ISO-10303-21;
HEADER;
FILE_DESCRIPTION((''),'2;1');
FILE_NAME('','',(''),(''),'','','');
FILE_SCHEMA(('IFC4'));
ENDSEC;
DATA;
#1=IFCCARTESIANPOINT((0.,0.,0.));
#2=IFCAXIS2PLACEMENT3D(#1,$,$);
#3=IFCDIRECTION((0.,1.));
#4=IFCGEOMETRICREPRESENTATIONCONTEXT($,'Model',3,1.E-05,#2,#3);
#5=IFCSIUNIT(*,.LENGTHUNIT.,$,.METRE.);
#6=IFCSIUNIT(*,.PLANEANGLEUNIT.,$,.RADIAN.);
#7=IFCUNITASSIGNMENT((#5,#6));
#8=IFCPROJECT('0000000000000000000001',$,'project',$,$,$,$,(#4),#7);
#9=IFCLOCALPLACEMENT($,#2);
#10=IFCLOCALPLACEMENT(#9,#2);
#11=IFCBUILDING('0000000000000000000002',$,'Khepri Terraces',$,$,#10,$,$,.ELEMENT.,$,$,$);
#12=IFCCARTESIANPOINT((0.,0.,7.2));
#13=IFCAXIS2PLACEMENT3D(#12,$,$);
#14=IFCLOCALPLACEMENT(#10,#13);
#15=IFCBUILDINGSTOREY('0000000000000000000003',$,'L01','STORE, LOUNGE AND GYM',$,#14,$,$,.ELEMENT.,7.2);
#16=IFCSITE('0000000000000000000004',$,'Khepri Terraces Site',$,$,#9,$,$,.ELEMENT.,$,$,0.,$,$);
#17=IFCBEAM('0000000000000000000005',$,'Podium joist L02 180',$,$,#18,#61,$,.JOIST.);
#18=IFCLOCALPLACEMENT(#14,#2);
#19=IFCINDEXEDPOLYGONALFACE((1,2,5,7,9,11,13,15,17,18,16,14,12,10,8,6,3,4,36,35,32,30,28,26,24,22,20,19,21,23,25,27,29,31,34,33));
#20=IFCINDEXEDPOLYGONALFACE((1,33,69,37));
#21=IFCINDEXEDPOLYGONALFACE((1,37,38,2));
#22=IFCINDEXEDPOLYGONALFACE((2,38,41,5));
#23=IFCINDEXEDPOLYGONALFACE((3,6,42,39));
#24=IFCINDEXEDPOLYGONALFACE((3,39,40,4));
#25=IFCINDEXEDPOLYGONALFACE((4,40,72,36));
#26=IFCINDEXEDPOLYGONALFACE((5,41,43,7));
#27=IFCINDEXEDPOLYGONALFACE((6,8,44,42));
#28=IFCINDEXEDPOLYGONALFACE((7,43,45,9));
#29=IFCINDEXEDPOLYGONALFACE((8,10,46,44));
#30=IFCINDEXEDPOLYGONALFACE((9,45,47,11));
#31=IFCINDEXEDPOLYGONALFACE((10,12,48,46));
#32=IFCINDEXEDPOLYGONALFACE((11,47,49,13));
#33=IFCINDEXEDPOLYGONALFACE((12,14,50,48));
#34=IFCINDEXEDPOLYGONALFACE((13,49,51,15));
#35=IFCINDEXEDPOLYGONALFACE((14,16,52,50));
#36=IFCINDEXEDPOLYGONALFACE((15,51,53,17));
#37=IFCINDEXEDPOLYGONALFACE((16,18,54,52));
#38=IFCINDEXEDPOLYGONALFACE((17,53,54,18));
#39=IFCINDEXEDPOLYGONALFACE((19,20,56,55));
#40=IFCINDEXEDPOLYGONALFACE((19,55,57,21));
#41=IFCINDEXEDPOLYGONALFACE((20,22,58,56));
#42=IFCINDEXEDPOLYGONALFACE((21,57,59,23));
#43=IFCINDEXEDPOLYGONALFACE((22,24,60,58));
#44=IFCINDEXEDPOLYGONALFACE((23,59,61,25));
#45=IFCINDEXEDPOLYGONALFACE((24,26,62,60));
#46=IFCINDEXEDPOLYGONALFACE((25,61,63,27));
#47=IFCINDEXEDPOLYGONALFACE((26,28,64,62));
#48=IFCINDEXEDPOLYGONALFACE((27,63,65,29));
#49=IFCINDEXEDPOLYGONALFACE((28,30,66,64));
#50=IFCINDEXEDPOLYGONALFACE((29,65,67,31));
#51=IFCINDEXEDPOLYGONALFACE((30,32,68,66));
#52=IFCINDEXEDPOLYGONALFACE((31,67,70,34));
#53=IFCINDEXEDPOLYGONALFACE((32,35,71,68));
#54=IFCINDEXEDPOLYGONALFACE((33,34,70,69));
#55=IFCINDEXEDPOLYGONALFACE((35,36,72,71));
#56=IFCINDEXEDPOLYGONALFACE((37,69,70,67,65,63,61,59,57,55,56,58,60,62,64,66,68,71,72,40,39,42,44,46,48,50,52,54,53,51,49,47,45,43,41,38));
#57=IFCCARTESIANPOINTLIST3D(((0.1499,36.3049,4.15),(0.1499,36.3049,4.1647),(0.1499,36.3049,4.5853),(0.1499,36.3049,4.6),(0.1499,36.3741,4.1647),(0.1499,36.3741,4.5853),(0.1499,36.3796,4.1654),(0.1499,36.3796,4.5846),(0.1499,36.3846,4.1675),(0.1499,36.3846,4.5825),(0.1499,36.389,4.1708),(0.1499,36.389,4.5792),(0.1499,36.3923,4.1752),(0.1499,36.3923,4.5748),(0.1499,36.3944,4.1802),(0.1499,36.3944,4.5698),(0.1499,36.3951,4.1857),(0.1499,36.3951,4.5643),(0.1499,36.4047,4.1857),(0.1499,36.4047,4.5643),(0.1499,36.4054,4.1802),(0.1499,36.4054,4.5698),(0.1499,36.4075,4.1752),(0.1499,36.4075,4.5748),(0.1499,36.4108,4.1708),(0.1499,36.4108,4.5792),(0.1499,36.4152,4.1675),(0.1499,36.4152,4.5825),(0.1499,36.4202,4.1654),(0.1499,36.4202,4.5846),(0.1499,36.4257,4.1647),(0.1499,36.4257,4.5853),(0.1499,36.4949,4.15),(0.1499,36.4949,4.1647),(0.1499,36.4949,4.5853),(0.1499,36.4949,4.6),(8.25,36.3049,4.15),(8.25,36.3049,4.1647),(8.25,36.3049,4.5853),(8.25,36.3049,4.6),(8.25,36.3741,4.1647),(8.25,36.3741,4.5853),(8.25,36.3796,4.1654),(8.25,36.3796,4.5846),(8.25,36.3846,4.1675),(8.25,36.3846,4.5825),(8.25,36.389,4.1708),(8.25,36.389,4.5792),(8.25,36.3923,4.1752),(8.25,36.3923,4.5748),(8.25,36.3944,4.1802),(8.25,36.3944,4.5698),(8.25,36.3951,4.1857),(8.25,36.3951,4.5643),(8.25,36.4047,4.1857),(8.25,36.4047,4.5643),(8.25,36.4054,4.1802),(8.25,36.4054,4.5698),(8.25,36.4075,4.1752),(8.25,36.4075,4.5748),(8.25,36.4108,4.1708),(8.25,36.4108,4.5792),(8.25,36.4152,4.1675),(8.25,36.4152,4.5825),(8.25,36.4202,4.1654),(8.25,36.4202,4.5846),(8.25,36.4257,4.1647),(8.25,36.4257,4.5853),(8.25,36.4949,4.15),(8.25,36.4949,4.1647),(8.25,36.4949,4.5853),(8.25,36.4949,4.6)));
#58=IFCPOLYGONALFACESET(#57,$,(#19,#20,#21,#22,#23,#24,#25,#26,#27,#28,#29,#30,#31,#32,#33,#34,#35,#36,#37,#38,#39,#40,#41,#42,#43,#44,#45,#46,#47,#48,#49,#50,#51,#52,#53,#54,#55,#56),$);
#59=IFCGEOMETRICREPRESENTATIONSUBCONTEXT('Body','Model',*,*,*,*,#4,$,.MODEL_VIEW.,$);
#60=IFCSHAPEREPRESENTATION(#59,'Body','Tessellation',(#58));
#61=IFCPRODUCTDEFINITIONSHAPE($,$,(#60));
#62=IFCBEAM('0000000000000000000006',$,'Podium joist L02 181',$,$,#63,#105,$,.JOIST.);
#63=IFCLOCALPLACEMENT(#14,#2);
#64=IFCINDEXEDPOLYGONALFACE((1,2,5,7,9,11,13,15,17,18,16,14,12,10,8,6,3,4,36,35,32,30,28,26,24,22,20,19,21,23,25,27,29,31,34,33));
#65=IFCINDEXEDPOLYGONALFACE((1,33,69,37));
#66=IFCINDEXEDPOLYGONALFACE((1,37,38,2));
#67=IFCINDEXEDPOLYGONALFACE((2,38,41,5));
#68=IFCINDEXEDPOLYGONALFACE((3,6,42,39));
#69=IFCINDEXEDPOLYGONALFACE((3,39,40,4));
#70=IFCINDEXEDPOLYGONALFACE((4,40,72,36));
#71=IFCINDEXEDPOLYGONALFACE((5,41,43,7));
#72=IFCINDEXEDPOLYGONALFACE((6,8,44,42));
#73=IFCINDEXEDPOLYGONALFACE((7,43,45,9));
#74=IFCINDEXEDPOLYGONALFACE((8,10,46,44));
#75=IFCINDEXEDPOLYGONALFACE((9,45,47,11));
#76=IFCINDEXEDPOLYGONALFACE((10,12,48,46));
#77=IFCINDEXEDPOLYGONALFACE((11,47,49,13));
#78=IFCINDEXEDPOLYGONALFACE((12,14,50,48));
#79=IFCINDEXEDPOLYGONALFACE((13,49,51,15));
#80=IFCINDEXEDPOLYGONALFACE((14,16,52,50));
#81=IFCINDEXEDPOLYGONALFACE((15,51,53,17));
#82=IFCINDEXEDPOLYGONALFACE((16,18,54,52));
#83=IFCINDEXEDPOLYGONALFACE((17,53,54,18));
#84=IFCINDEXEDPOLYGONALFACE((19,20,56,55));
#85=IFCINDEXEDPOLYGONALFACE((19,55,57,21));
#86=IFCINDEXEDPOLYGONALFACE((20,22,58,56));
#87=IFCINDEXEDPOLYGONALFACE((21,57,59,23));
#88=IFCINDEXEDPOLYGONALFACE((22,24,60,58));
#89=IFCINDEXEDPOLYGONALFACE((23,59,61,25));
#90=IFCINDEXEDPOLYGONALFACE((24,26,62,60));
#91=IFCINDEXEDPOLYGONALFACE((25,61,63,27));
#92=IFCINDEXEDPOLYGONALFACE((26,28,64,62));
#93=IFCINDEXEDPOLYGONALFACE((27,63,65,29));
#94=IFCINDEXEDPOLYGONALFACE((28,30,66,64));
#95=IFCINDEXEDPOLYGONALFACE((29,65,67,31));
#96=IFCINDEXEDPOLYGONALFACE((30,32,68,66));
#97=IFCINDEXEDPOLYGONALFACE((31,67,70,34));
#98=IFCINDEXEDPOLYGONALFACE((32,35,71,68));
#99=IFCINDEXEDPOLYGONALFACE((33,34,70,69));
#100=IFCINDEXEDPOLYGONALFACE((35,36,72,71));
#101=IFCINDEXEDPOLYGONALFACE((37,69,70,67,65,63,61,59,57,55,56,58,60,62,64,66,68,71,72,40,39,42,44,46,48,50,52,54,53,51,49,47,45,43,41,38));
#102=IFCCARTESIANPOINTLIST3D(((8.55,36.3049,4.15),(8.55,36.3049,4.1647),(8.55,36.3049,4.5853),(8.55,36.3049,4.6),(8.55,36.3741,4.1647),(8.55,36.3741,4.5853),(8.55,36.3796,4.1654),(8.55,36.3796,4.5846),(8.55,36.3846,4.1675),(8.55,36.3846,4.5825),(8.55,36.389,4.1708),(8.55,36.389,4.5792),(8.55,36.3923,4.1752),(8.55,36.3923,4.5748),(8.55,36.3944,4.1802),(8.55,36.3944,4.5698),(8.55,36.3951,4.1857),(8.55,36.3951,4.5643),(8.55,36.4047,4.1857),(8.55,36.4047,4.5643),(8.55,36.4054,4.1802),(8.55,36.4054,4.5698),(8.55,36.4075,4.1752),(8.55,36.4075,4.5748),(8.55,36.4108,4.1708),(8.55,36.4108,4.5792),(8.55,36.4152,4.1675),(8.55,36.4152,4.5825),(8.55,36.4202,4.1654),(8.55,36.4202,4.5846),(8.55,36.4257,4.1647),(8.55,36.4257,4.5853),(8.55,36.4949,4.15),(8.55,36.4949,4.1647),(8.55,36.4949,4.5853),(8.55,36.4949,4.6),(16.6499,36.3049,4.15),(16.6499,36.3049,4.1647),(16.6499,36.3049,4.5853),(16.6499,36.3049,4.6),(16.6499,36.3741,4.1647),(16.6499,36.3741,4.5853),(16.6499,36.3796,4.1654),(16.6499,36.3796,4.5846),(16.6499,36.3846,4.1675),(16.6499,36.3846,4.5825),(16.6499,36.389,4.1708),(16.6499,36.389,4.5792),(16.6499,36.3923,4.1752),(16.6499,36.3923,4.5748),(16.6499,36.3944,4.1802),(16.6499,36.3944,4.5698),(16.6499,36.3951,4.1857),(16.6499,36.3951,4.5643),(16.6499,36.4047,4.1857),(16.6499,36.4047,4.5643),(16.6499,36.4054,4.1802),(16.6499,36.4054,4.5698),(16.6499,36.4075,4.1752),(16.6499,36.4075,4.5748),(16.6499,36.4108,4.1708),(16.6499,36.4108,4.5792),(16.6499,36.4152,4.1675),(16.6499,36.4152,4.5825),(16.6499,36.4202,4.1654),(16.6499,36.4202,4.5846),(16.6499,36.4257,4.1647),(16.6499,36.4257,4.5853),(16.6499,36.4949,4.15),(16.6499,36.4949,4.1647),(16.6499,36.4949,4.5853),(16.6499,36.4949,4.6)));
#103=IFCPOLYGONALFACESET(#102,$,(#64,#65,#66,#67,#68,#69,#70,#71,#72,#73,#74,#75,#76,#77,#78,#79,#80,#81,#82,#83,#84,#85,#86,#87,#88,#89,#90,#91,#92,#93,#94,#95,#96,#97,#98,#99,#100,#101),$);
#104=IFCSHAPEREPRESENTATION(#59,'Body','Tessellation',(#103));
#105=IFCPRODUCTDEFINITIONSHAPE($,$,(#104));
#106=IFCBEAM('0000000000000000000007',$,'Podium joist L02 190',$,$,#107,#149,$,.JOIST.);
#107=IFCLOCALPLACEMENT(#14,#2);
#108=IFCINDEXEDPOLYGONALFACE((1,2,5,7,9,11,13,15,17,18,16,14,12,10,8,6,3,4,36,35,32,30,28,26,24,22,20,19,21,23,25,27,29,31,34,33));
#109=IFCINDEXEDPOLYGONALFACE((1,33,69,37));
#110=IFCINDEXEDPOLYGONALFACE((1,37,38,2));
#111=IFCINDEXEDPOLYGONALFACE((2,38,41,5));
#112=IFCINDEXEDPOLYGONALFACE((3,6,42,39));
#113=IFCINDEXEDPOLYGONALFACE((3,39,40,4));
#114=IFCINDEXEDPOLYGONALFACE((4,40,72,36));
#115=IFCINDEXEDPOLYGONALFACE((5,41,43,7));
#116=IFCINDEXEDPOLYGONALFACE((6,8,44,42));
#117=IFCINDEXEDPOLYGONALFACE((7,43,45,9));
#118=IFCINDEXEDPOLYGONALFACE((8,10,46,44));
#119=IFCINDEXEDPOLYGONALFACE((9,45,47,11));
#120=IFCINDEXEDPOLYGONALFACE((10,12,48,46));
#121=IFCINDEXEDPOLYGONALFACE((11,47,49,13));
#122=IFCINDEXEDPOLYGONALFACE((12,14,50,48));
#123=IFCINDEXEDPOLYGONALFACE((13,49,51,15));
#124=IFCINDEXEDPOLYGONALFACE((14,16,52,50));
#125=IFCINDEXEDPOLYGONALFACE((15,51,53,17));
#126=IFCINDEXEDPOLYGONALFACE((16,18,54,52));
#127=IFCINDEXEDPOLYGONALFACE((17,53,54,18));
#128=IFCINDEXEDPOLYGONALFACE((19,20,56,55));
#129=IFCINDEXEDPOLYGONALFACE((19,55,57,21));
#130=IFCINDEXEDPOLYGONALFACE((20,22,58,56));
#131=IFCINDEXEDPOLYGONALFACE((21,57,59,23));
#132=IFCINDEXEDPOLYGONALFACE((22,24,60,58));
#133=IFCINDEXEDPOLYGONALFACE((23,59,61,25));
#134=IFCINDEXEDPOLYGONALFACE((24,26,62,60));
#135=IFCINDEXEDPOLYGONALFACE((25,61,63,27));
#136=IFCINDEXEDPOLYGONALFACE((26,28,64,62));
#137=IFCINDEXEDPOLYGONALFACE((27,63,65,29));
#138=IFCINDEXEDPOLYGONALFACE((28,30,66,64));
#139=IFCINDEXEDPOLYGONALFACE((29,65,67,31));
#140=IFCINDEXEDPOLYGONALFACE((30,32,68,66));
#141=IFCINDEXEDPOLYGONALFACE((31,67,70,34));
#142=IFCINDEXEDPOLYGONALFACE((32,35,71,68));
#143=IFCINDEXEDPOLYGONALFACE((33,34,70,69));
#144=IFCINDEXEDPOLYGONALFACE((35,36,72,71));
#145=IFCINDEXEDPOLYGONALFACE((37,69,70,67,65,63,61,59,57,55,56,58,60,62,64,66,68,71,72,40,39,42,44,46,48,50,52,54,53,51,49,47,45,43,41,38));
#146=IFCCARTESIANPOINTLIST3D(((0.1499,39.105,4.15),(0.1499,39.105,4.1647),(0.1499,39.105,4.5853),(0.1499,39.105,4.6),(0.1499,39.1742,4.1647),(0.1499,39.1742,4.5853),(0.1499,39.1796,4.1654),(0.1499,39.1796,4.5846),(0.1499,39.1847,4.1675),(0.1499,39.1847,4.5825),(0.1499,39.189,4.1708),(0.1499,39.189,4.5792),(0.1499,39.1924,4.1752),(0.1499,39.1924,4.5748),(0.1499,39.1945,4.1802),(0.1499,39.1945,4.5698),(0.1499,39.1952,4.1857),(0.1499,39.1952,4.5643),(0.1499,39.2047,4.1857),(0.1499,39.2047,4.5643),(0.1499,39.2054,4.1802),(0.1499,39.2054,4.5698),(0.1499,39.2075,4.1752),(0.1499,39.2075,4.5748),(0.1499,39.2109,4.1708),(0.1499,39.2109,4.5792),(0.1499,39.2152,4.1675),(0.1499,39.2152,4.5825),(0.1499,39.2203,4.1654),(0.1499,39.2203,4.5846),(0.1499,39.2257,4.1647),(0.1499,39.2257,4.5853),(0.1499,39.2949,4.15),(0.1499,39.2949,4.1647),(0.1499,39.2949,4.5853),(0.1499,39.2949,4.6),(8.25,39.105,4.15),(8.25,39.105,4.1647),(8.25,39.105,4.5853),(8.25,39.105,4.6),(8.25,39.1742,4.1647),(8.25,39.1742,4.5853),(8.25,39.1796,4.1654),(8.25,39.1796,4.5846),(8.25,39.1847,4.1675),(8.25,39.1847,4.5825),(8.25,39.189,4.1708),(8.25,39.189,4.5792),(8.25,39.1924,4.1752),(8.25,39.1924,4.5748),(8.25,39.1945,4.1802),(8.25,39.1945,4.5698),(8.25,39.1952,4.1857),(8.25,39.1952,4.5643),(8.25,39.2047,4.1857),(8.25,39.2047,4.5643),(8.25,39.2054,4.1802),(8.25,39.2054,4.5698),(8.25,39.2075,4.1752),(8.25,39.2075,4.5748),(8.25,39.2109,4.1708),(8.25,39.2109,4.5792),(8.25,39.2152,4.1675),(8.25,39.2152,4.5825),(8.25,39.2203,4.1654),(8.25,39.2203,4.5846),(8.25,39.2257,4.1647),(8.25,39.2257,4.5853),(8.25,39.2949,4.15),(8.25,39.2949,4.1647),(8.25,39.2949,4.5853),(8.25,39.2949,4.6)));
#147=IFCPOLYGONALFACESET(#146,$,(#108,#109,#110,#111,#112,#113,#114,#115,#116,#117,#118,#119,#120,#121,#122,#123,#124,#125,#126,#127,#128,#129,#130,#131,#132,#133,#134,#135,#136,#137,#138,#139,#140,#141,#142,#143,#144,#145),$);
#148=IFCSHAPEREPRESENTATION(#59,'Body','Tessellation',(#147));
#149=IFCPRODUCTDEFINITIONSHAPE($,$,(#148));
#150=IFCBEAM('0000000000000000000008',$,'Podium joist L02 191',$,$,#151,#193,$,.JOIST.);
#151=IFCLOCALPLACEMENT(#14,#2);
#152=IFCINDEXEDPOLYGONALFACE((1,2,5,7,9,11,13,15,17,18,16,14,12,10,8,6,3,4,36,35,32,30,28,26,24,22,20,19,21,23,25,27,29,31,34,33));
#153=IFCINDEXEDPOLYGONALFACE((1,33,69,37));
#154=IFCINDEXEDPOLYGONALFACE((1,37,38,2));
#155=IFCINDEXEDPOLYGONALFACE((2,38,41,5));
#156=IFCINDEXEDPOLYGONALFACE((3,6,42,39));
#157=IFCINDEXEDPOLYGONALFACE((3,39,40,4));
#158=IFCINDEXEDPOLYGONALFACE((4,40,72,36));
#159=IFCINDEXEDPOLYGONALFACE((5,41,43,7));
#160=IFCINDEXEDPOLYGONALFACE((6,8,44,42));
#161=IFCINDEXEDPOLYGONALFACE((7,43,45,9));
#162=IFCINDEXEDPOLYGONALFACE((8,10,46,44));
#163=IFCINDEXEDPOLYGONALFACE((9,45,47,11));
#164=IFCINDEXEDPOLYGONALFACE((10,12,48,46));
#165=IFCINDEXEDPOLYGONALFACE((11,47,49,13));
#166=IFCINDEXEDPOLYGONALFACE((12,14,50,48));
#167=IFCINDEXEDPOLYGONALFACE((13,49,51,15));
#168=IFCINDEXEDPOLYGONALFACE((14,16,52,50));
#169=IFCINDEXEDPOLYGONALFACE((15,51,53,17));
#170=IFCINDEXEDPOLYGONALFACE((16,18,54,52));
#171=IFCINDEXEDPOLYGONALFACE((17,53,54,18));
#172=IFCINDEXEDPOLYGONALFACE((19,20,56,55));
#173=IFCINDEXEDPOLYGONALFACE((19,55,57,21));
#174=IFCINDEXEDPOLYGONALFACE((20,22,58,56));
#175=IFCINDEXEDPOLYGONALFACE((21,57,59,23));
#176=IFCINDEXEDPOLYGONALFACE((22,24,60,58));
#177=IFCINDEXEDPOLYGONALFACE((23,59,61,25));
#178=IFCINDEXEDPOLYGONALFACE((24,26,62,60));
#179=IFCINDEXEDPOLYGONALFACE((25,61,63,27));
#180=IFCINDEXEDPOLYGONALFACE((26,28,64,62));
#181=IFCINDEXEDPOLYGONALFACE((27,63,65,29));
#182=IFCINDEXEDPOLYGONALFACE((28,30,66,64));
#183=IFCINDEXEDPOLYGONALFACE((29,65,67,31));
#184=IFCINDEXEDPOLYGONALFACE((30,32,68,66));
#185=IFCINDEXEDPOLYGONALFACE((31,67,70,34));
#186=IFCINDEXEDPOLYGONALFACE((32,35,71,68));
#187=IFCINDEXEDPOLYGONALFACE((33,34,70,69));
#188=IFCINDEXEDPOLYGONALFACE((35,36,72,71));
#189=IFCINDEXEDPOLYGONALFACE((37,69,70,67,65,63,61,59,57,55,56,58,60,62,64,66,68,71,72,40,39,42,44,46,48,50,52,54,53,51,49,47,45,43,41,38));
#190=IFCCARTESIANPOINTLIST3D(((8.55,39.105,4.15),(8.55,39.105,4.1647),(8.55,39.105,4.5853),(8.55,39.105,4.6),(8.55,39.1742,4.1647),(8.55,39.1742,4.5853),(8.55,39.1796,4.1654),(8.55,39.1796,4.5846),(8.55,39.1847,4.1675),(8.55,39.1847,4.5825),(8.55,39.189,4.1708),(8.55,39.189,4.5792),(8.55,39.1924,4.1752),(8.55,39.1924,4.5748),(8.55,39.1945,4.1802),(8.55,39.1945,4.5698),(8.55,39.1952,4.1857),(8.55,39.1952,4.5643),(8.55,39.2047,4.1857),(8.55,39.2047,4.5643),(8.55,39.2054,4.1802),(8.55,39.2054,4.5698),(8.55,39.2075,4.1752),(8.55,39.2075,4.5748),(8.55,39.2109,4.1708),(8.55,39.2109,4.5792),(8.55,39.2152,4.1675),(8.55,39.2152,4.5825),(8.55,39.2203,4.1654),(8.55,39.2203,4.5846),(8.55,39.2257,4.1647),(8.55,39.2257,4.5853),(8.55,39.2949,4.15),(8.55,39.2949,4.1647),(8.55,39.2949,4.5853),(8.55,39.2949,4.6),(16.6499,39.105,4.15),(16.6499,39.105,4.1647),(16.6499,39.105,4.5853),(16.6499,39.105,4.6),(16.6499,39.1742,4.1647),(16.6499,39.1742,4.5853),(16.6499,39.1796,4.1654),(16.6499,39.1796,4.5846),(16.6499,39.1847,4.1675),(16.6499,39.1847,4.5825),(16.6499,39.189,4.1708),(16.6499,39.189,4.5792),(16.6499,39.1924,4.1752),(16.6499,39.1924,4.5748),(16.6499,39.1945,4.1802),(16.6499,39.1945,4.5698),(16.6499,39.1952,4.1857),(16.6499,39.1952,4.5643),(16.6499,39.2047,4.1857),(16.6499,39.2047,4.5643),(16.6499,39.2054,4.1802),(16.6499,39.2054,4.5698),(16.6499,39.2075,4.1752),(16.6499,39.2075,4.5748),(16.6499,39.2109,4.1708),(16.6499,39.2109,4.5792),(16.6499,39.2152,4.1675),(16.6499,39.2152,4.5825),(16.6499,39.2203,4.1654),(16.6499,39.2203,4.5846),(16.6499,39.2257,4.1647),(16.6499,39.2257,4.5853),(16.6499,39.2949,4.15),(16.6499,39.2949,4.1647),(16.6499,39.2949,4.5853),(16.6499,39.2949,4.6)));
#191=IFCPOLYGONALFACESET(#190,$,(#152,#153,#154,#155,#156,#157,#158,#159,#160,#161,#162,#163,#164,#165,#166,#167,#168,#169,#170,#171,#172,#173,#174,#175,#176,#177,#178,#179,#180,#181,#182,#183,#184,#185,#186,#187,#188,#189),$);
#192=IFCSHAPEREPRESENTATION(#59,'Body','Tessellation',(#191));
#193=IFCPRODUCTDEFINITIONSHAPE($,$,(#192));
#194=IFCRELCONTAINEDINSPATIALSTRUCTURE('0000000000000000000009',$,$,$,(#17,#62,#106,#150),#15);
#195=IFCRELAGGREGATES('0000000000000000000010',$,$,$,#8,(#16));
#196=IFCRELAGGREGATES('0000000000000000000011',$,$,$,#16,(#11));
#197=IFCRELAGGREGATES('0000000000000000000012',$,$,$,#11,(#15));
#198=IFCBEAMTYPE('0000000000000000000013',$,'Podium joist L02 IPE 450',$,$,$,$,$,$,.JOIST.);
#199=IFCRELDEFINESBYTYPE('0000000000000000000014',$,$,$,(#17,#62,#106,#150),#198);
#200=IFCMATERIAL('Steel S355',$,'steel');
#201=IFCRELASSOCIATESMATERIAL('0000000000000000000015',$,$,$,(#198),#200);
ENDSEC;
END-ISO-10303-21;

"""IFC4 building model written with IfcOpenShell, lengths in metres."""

from ifc_helpers import new_model, si_unit, direction, frame, origin, origin_2d, place, context, subcontext, project, spatial, i_section, extrude, material, material_profile, profile_set, type_object, element, save


model = new_model("IFC4")

# Units and contexts
model_context = context("Model", 3, precision=1e-05, world=origin(), true_north=direction((0.0, 1.0)))
body_context = subcontext(model_context, "Body", "Model", "MODEL_VIEW")
ifc_project = project(units=[si_unit("LENGTHUNIT", "METRE"), si_unit("PLANEANGLEUNIT", "RADIAN")], contexts=[model_context])

# Site, building, storey
site_placement = place(None, origin())
site = spatial("IfcSite", under=ifc_project, at=site_placement, Name="Khepri Terraces Site", CompositionType="ELEMENT", RefElevation=0.0)
building_placement = place(site_placement, origin())
building = spatial("IfcBuilding", under=site, at=building_placement, Name="Khepri Terraces", CompositionType="ELEMENT")
storey_placement = place(building_placement, frame((0.0, 0.0, 7.2)))
storey = spatial("IfcBuildingStorey", under=building, at=storey_placement, Name="L01", Description="STORE, LOUNGE AND GYM", CompositionType="ELEMENT", Elevation=7.2)

# Beams
ifc_material_1 = material(Name="Steel S355", Category="steel")
ifc_material_profile_1 = material_profile(ifc_material_1, i_section(OverallWidth=0.1899, OverallDepth=0.45, WebThickness=0.0095, FlangeThickness=0.0146, FilletRadius=0.021, at=origin_2d()), Name="Steel S355", Category="steel")
ifc_profile_set_1 = profile_set([ifc_material_profile_1], Name="Steel S355")
beam_type_1 = type_object("IfcBeamType", Name="Podium joist L02 IPE 450", PredefinedType="JOIST", material=ifc_profile_set_1)
beam_1_placement = place(storey_placement, frame((0.1499, 36.3999, 4.375), z_axis=(1.0, 0.0, 0.0), x_axis=(0.0, 1.0, 0.0)))
element("IfcBeam", 1, at=beam_1_placement, inside=storey, type_object=beam_type_1, Name="Podium joist L02 180", PredefinedType="JOIST", context=body_context, shape_type="SweptSolid", body=[
    extrude(i_section(OverallWidth=0.1899, OverallDepth=0.45, WebThickness=0.0095, FlangeThickness=0.0146, FilletRadius=0.021, at=origin_2d()), origin(), (0.0, 0.0, 1.0), 8.1001),
])
beam_2_placement = place(storey_placement, frame((8.55, 36.3999, 4.375), z_axis=(1.0, 0.0, 0.0), x_axis=(0.0, 1.0, 0.0)))
element("IfcBeam", 2, at=beam_2_placement, inside=storey, type_object=beam_type_1, Name="Podium joist L02 181", PredefinedType="JOIST", context=body_context, shape_type="SweptSolid", body=[
    extrude(i_section(OverallWidth=0.1899, OverallDepth=0.45, WebThickness=0.0095, FlangeThickness=0.0146, FilletRadius=0.021, at=origin_2d()), origin(), (0.0, 0.0, 1.0), 8.0999),
])
beam_3_placement = place(storey_placement, frame((0.1499, 39.2, 4.375), z_axis=(1.0, 0.0, 0.0), x_axis=(0.0, 1.0, 0.0)))
element("IfcBeam", 3, at=beam_3_placement, inside=storey, type_object=beam_type_1, Name="Podium joist L02 190", PredefinedType="JOIST", context=body_context, shape_type="SweptSolid", body=[
    extrude(i_section(OverallWidth=0.1899, OverallDepth=0.45, WebThickness=0.0095, FlangeThickness=0.0146, FilletRadius=0.021, at=origin_2d()), origin(), (0.0, 0.0, 1.0), 8.1001),
])
beam_4_placement = place(storey_placement, frame((8.55, 39.2, 4.375), z_axis=(1.0, 0.0, 0.0), x_axis=(0.0, 1.0, 0.0)))
element("IfcBeam", 4, at=beam_4_placement, inside=storey, type_object=beam_type_1, Name="Podium joist L02 191", PredefinedType="JOIST", context=body_context, shape_type="SweptSolid", body=[
    extrude(i_section(OverallWidth=0.1899, OverallDepth=0.45, WebThickness=0.0095, FlangeThickness=0.0146, FilletRadius=0.021, at=origin_2d()), origin(), (0.0, 0.0, 1.0), 8.0999),
])

save(model, "model.ifc")
